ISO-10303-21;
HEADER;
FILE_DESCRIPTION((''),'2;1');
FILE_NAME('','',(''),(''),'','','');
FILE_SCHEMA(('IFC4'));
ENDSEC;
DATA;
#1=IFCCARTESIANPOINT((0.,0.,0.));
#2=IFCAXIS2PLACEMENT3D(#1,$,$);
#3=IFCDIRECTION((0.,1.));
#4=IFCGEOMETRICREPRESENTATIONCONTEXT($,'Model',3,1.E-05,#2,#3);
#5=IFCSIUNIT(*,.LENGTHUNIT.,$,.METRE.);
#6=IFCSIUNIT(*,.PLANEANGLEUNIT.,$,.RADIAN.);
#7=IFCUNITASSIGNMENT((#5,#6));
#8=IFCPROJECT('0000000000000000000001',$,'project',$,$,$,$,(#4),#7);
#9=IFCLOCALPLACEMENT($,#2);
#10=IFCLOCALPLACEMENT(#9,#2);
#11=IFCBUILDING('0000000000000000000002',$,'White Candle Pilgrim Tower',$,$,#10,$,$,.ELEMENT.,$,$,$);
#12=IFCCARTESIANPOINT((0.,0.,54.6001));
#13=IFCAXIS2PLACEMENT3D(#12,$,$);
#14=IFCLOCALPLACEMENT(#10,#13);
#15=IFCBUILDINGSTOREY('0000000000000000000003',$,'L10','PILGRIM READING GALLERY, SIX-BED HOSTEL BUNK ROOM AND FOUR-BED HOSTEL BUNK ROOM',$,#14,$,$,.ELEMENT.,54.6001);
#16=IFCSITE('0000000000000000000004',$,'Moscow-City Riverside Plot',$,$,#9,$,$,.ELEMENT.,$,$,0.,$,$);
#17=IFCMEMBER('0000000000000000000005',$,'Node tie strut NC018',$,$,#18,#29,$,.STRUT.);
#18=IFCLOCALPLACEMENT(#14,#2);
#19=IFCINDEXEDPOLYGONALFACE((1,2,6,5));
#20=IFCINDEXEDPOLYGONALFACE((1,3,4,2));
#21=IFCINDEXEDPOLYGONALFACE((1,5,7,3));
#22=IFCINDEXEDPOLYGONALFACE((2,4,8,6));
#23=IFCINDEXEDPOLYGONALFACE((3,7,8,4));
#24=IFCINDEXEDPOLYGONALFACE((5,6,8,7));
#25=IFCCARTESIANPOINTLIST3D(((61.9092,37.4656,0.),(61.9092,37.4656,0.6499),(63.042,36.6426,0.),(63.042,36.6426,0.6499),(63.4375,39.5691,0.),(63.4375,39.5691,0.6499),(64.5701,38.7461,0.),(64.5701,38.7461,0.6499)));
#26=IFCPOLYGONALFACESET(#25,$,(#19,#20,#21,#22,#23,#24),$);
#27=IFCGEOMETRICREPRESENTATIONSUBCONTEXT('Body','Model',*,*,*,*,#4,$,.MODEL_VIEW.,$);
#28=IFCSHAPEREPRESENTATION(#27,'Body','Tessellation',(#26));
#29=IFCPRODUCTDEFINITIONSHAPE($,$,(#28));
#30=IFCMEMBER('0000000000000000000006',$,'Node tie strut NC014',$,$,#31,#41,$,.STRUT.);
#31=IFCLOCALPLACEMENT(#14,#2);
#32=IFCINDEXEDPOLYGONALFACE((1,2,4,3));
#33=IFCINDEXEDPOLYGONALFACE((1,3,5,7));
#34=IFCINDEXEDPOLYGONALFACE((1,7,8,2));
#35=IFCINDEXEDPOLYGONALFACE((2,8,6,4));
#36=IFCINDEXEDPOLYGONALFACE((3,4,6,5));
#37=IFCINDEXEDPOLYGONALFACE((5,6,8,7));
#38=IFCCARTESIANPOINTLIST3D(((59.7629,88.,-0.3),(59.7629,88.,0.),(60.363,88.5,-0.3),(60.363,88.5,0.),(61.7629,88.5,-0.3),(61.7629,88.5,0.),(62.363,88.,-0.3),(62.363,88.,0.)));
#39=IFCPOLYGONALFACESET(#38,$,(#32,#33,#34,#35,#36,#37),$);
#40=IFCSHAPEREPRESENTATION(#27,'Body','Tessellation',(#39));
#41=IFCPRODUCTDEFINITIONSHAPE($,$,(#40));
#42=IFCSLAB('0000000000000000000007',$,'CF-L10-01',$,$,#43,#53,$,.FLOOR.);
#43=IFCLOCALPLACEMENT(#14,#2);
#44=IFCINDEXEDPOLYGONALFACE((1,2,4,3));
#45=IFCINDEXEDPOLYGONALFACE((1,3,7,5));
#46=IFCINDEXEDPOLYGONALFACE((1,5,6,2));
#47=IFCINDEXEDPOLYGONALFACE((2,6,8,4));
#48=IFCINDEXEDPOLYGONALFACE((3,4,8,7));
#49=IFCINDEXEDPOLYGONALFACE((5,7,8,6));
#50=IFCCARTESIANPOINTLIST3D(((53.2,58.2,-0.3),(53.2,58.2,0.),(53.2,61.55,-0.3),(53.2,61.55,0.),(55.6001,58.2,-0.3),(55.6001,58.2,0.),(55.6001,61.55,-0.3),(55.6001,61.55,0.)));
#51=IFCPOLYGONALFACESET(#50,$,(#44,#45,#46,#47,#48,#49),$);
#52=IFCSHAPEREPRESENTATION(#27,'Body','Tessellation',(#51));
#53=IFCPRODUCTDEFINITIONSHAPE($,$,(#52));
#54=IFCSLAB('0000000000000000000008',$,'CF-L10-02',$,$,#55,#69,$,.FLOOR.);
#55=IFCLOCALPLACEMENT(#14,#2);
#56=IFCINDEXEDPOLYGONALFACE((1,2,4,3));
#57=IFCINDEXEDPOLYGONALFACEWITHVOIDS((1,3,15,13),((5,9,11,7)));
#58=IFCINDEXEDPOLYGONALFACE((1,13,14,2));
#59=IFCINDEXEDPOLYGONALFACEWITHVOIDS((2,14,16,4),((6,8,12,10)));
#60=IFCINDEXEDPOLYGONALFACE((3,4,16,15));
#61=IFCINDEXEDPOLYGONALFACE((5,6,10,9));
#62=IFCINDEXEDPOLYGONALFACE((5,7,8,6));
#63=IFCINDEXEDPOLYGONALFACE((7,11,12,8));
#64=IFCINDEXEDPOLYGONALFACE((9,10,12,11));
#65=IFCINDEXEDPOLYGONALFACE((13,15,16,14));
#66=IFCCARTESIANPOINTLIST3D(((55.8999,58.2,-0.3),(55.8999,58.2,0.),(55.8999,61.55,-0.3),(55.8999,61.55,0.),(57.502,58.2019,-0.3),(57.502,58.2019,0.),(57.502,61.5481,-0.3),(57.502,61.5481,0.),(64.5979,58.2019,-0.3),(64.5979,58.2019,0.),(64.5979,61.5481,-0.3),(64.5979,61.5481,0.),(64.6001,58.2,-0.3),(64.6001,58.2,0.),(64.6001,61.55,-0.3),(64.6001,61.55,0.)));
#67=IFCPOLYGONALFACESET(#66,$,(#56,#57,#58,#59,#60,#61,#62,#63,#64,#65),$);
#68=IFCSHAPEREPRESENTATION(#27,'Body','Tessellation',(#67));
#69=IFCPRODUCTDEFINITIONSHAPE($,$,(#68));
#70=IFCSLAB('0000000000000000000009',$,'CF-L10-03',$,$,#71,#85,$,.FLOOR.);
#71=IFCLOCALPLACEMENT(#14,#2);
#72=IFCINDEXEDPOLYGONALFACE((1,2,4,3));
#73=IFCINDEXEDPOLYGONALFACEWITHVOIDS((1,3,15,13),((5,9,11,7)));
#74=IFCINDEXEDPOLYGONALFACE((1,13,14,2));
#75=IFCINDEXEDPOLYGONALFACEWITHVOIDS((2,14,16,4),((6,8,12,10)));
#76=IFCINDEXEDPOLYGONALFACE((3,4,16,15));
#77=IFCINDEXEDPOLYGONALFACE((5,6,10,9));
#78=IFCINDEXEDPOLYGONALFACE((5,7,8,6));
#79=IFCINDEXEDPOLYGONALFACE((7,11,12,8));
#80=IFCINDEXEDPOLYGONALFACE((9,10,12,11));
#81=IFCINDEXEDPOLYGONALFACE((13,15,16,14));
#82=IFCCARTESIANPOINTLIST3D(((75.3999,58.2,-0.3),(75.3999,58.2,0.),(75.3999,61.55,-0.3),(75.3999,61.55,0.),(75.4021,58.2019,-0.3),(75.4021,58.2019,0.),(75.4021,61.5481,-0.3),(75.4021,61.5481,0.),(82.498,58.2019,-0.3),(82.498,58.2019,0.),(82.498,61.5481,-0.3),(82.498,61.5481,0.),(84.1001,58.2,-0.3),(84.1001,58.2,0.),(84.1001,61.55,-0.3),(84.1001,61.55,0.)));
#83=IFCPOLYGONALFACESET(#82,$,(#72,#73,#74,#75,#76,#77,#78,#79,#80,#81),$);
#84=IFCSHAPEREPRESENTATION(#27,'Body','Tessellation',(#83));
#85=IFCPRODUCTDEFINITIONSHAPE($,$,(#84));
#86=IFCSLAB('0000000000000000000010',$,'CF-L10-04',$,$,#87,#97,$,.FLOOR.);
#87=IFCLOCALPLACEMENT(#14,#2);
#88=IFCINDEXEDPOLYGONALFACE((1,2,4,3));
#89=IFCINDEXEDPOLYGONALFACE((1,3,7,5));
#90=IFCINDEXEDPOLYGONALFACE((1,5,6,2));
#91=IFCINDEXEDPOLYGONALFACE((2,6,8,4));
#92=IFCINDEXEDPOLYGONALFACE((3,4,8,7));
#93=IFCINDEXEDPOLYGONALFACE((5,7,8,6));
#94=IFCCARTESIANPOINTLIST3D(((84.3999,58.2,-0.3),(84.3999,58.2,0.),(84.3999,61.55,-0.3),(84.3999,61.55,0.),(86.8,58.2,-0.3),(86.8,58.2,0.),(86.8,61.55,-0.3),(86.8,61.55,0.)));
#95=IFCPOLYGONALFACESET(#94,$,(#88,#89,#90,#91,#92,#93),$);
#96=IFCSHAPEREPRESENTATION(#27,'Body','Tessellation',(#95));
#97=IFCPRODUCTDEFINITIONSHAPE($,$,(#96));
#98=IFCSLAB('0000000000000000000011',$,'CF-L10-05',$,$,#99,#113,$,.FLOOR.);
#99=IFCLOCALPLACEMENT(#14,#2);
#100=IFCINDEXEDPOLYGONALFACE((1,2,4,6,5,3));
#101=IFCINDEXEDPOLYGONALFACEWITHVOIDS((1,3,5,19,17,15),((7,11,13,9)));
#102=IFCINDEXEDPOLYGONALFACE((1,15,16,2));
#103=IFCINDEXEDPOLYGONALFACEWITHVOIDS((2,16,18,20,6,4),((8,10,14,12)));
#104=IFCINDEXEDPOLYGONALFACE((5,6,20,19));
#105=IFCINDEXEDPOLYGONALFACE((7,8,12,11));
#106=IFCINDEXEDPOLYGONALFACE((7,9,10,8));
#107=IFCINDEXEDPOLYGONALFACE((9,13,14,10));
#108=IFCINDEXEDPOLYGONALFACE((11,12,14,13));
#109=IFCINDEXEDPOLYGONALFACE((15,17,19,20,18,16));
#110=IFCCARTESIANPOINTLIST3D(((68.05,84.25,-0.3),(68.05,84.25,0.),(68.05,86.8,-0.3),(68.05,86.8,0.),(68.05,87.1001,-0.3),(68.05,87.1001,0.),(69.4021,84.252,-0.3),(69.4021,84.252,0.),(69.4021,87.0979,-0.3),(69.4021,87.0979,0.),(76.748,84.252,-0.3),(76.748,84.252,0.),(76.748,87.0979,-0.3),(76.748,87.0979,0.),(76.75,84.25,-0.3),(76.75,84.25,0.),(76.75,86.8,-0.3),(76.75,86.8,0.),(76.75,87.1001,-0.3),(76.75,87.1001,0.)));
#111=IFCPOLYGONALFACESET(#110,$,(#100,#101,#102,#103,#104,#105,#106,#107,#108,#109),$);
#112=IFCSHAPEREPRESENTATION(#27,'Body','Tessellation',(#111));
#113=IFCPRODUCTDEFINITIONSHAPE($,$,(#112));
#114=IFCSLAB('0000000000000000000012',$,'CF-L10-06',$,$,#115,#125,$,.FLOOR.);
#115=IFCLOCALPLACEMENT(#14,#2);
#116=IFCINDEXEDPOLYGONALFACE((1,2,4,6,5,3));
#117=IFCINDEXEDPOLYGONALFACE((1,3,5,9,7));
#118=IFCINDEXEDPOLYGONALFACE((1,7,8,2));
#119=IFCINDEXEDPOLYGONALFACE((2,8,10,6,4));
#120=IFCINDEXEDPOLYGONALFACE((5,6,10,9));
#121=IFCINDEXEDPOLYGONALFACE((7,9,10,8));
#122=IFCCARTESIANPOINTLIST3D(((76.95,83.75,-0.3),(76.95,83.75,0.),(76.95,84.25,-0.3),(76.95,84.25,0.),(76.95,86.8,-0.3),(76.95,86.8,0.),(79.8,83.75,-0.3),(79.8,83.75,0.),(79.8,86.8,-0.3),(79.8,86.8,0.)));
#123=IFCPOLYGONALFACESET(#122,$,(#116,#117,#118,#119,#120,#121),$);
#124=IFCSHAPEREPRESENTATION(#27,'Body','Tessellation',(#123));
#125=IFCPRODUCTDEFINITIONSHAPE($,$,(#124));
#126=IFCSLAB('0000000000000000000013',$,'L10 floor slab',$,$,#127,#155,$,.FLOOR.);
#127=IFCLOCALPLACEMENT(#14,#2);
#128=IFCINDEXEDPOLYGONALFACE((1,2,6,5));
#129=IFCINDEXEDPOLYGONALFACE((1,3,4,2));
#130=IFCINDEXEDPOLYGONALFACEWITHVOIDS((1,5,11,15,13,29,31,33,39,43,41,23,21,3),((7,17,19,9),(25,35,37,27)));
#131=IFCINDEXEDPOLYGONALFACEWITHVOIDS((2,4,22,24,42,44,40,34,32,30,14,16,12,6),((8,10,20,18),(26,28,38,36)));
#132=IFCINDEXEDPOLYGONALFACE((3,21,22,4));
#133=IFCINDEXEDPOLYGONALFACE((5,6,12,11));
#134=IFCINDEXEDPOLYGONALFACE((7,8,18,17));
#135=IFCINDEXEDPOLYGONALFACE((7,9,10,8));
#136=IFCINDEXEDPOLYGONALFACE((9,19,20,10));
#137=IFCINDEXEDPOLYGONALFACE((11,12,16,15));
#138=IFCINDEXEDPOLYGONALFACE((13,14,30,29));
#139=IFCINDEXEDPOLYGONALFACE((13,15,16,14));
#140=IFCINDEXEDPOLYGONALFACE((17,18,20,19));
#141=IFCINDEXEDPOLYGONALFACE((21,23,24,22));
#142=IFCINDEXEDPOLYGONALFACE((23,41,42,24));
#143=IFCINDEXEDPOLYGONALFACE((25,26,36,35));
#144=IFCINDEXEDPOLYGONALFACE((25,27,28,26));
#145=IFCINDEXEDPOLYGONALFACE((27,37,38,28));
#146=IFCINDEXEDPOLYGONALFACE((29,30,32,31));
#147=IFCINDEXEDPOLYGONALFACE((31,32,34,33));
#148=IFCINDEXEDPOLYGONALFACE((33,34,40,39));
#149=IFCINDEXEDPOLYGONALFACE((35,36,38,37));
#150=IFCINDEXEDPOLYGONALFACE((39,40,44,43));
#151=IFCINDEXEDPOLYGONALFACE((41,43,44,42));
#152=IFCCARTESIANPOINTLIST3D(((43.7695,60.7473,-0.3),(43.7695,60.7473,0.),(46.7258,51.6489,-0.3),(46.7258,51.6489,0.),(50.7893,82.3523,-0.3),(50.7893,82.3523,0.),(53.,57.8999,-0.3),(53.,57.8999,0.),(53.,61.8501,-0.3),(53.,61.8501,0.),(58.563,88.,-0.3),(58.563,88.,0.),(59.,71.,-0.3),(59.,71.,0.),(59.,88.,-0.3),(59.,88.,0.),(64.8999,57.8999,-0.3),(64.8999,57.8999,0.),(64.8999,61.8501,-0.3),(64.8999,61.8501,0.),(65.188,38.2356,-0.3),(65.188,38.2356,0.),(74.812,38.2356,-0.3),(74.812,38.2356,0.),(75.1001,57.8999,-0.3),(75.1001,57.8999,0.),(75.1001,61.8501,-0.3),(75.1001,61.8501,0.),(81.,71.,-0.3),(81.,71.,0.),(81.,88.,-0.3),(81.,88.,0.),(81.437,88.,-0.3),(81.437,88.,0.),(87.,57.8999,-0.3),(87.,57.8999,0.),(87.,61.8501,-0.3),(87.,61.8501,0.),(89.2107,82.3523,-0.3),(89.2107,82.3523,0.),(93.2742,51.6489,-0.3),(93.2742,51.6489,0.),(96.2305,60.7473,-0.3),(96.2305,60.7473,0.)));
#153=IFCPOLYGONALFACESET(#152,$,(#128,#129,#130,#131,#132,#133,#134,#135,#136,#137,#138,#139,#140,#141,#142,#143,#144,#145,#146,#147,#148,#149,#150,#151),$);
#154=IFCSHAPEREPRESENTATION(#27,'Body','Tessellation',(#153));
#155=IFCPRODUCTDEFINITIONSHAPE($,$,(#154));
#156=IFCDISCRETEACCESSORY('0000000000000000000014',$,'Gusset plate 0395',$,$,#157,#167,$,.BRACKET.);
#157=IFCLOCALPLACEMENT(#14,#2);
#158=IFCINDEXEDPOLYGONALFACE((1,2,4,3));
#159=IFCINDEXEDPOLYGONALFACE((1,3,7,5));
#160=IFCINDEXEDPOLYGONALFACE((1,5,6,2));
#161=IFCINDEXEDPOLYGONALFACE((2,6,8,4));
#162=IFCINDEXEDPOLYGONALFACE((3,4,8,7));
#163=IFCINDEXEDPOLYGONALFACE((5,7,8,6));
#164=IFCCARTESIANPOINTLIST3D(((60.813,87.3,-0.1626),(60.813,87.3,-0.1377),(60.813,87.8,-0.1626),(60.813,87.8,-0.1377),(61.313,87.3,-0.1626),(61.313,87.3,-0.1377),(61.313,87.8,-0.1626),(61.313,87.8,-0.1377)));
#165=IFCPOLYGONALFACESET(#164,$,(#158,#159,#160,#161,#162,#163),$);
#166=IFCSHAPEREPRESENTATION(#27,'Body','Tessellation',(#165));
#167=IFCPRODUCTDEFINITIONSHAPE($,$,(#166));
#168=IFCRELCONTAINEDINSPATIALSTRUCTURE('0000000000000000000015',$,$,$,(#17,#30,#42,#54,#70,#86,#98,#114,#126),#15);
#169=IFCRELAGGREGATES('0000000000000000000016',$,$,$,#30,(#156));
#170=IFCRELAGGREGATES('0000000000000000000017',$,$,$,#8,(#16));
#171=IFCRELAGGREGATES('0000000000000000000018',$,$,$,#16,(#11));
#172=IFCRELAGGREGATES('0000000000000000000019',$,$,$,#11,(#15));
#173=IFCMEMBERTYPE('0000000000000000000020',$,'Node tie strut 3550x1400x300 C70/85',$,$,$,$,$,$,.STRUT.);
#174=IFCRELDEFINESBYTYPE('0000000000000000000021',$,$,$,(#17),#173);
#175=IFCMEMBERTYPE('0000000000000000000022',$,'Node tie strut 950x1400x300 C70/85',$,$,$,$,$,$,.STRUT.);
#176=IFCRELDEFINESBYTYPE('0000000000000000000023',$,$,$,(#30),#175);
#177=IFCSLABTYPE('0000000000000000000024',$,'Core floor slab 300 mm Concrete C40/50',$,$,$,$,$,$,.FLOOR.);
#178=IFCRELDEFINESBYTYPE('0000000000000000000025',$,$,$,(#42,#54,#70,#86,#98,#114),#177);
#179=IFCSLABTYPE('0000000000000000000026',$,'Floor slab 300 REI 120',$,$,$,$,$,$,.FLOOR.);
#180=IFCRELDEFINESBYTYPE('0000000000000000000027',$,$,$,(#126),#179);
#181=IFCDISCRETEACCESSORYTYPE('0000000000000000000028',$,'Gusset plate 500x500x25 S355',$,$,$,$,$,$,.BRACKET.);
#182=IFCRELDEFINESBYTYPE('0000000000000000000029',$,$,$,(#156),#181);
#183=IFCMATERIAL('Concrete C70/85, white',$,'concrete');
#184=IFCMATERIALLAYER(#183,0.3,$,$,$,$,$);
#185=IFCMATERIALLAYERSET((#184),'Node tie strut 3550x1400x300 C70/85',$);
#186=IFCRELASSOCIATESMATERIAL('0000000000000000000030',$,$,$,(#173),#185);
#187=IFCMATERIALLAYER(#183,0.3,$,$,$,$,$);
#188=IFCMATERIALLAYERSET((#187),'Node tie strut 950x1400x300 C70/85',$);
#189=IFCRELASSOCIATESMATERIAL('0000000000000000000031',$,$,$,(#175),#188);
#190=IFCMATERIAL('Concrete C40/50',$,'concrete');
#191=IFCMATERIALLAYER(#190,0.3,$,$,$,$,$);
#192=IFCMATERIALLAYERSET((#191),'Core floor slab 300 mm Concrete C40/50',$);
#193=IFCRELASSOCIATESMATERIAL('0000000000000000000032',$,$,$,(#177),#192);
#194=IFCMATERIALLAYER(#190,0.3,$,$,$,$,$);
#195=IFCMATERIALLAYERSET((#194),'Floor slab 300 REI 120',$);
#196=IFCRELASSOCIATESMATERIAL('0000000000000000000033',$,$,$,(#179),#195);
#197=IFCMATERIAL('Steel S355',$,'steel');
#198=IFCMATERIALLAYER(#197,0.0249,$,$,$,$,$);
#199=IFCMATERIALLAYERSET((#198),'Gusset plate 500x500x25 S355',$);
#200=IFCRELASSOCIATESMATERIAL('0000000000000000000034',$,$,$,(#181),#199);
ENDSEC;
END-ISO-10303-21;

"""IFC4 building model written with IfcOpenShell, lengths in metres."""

from ifc_helpers import new_model, si_unit, direction, frame, origin, origin_2d, place, context, subcontext, project, spatial, polyline, rectangle, outline, extrude, material, layer, layer_set, type_object, element, aggregate, save


model = new_model("IFC4")

# Units and contexts
model_context = context("Model", 3, precision=1e-05, world=origin(), true_north=direction((0.0, 1.0)))
body_context = subcontext(model_context, "Body", "Model", "MODEL_VIEW")
ifc_project = project(units=[si_unit("LENGTHUNIT", "METRE"), si_unit("PLANEANGLEUNIT", "RADIAN")], contexts=[model_context])

# Site, building, storey
site_placement = place(None, origin())
site = spatial("IfcSite", under=ifc_project, at=site_placement, Name="Moscow-City Riverside Plot", CompositionType="ELEMENT", RefElevation=0.0)
building_placement = place(site_placement, origin())
building = spatial("IfcBuilding", under=site, at=building_placement, Name="White Candle Pilgrim Tower", CompositionType="ELEMENT")
storey_placement = place(building_placement, frame((0.0, 0.0, 54.6001)))
storey = spatial("IfcBuildingStorey", under=building, at=storey_placement, Name="L10", Description="PILGRIM READING GALLERY, SIX-BED HOSTEL BUNK ROOM AND FOUR-BED HOSTEL BUNK ROOM", CompositionType="ELEMENT", Elevation=54.6001)

# Members
ifc_material_1 = material(Name="Concrete C70/85, white", Category="concrete")
ifc_layer_1 = layer(ifc_material_1, 0.3)
ifc_layer_set_1 = layer_set([ifc_layer_1], Name="Node tie strut 3550x1400x300 C70/85")
member_type_1 = type_object("IfcMemberType", Name="Node tie strut 3550x1400x300 C70/85", PredefinedType="STRUT", material=ifc_layer_set_1)
member_1_placement = place(storey_placement, origin())
element("IfcMember", 1, at=member_1_placement, inside=storey, type_object=member_type_1, Name="Node tie strut NC018", PredefinedType="STRUT", context=body_context, shape_type="SweptSolid", body=[
    extrude(outline(polyline([(63.042, 36.6426), (64.5701, 38.7461), (63.4375, 39.5691), (61.9092, 37.4656), (63.042, 36.6426)])), origin(), (0.0, 0.0, 1.0), 0.6499),
])
ifc_layer_2 = layer(ifc_material_1, 0.3)
ifc_layer_set_2 = layer_set([ifc_layer_2], Name="Node tie strut 950x1400x300 C70/85")
member_type_2 = type_object("IfcMemberType", Name="Node tie strut 950x1400x300 C70/85", PredefinedType="STRUT", material=ifc_layer_set_2)
member_2_placement = place(storey_placement, frame((0.0, 0.0, -0.3)))
member_2 = element("IfcMember", 2, at=member_2_placement, inside=storey, type_object=member_type_2, Name="Node tie strut NC014", PredefinedType="STRUT", context=body_context, shape_type="SweptSolid", body=[
    extrude(outline(polyline([(59.7629, 88.0), (62.363, 88.0), (61.7629, 88.5), (60.363, 88.5), (59.7629, 88.0)])), origin(), (0.0, 0.0, 1.0), 0.3),
])

# Slabs
ifc_material_2 = material(Name="Concrete C40/50", Category="concrete")
ifc_layer_3 = layer(ifc_material_2, 0.3)
ifc_layer_set_3 = layer_set([ifc_layer_3], Name="Core floor slab 300 mm Concrete C40/50")
slab_type_1 = type_object("IfcSlabType", Name="Core floor slab 300 mm Concrete C40/50", PredefinedType="FLOOR", material=ifc_layer_set_3)
slab_1_placement = place(storey_placement, frame((0.0, 0.0, -0.3)))
element("IfcSlab", 3, at=slab_1_placement, inside=storey, type_object=slab_type_1, Name="CF-L10-01", PredefinedType="FLOOR", context=body_context, shape_type="SweptSolid", body=[
    extrude(outline(polyline([(55.6001, 58.2), (53.2, 58.2), (53.2, 61.55), (55.6001, 61.55), (55.6001, 58.2)])), origin(), (0.0, 0.0, 1.0), 0.3),
])
slab_2_placement = place(storey_placement, frame((0.0, 0.0, -0.3)))
element("IfcSlab", 4, at=slab_2_placement, inside=storey, type_object=slab_type_1, Name="CF-L10-02", PredefinedType="FLOOR", context=body_context, shape_type="SweptSolid", body=[
    extrude(outline(polyline([(55.8999, 58.2), (55.8999, 61.55), (64.6001, 61.55), (64.6001, 58.2), (55.8999, 58.2)]), holes=[polyline([(57.502, 61.5481), (57.502, 58.2019), (64.5979, 58.2019), (64.5979, 61.5481), (57.502, 61.5481)])]), origin(), (0.0, 0.0, 1.0), 0.3),
])
slab_3_placement = place(storey_placement, frame((0.0, 0.0, -0.3)))
element("IfcSlab", 5, at=slab_3_placement, inside=storey, type_object=slab_type_1, Name="CF-L10-03", PredefinedType="FLOOR", context=body_context, shape_type="SweptSolid", body=[
    extrude(outline(polyline([(75.3999, 58.2), (75.3999, 61.55), (84.1001, 61.55), (84.1001, 58.2), (75.3999, 58.2)]), holes=[polyline([(82.498, 58.2019), (82.498, 61.5481), (75.4021, 61.5481), (75.4021, 58.2019), (82.498, 58.2019)])]), origin(), (0.0, 0.0, 1.0), 0.3),
])
slab_4_placement = place(storey_placement, frame((0.0, 0.0, -0.3)))
element("IfcSlab", 6, at=slab_4_placement, inside=storey, type_object=slab_type_1, Name="CF-L10-04", PredefinedType="FLOOR", context=body_context, shape_type="SweptSolid", body=[
    extrude(outline(polyline([(86.8, 58.2), (84.3999, 58.2), (84.3999, 61.55), (86.8, 61.55), (86.8, 58.2)])), origin(), (0.0, 0.0, 1.0), 0.3),
])
slab_5_placement = place(storey_placement, frame((0.0, 0.0, -0.3)))
element("IfcSlab", 7, at=slab_5_placement, inside=storey, type_object=slab_type_1, Name="CF-L10-05", PredefinedType="FLOOR", context=body_context, shape_type="SweptSolid", body=[
    extrude(outline(polyline([(76.75, 87.1001), (76.75, 86.8), (76.75, 84.25), (68.05, 84.25), (68.05, 86.8), (68.05, 87.1001), (76.75, 87.1001)]), holes=[polyline([(69.4021, 87.0979), (69.4021, 84.252), (76.748, 84.252), (76.748, 87.0979), (69.4021, 87.0979)])]), origin(), (0.0, 0.0, 1.0), 0.3),
])
slab_6_placement = place(storey_placement, frame((0.0, 0.0, -0.3)))
element("IfcSlab", 8, at=slab_6_placement, inside=storey, type_object=slab_type_1, Name="CF-L10-06", PredefinedType="FLOOR", context=body_context, shape_type="SweptSolid", body=[
    extrude(outline(polyline([(79.8, 86.8), (79.8, 83.75), (76.95, 83.75), (76.95, 84.25), (76.95, 86.8), (79.8, 86.8)])), origin(), (0.0, 0.0, 1.0), 0.3),
])
ifc_layer_4 = layer(ifc_material_2, 0.3)
ifc_layer_set_4 = layer_set([ifc_layer_4], Name="Floor slab 300 REI 120")
slab_type_2 = type_object("IfcSlabType", Name="Floor slab 300 REI 120", PredefinedType="FLOOR", material=ifc_layer_set_4)
slab_7_placement = place(storey_placement, frame((0.0, 0.0, -0.3)))
element("IfcSlab", 9, at=slab_7_placement, inside=storey, type_object=slab_type_2, Name="L10 floor slab", PredefinedType="FLOOR", context=body_context, shape_type="SweptSolid", body=[
    extrude(outline(polyline([(65.188, 38.2356), (74.812, 38.2356), (93.2742, 51.6489), (96.2305, 60.7473), (89.2107, 82.3523), (81.437, 88.0), (81.0, 88.0), (81.0, 71.0), (59.0, 71.0), (59.0, 88.0), (58.563, 88.0), (50.7893, 82.3523), (43.7695, 60.7473), (46.7258, 51.6489), (65.188, 38.2356)]), holes=[polyline([(53.0, 57.8999), (53.0, 61.8501), (64.8999, 61.8501), (64.8999, 57.8999), (53.0, 57.8999)]), polyline([(75.1001, 57.8999), (75.1001, 61.8501), (87.0, 61.8501), (87.0, 57.8999), (75.1001, 57.8999)])]), origin(), (0.0, 0.0, 1.0), 0.3),
])

# Discrete accessory
ifc_material_3 = material(Name="Steel S355", Category="steel")
ifc_layer_5 = layer(ifc_material_3, 0.0249)
ifc_layer_set_5 = layer_set([ifc_layer_5], Name="Gusset plate 500x500x25 S355")
discrete_accessory_type = type_object("IfcDiscreteAccessoryType", Name="Gusset plate 500x500x25 S355", PredefinedType="BRACKET", material=ifc_layer_set_5)
discrete_accessory_1_placement = place(storey_placement, frame((61.063, 87.55, -0.1626), z_axis=(0.0, 0.0, 1.0), x_axis=(1.0, 0.0, 0.0)))
discrete_accessory_1 = element("IfcDiscreteAccessory", 10, at=discrete_accessory_1_placement, type_object=discrete_accessory_type, Name="Gusset plate 0395", PredefinedType="BRACKET", context=body_context, shape_type="SweptSolid", body=[
    extrude(rectangle(XDim=0.5, YDim=0.5, at=origin_2d()), origin(), (0.0, 0.0, 1.0), 0.0249),
])
aggregate(member_2, [discrete_accessory_1])

save(model, "model.ifc")
